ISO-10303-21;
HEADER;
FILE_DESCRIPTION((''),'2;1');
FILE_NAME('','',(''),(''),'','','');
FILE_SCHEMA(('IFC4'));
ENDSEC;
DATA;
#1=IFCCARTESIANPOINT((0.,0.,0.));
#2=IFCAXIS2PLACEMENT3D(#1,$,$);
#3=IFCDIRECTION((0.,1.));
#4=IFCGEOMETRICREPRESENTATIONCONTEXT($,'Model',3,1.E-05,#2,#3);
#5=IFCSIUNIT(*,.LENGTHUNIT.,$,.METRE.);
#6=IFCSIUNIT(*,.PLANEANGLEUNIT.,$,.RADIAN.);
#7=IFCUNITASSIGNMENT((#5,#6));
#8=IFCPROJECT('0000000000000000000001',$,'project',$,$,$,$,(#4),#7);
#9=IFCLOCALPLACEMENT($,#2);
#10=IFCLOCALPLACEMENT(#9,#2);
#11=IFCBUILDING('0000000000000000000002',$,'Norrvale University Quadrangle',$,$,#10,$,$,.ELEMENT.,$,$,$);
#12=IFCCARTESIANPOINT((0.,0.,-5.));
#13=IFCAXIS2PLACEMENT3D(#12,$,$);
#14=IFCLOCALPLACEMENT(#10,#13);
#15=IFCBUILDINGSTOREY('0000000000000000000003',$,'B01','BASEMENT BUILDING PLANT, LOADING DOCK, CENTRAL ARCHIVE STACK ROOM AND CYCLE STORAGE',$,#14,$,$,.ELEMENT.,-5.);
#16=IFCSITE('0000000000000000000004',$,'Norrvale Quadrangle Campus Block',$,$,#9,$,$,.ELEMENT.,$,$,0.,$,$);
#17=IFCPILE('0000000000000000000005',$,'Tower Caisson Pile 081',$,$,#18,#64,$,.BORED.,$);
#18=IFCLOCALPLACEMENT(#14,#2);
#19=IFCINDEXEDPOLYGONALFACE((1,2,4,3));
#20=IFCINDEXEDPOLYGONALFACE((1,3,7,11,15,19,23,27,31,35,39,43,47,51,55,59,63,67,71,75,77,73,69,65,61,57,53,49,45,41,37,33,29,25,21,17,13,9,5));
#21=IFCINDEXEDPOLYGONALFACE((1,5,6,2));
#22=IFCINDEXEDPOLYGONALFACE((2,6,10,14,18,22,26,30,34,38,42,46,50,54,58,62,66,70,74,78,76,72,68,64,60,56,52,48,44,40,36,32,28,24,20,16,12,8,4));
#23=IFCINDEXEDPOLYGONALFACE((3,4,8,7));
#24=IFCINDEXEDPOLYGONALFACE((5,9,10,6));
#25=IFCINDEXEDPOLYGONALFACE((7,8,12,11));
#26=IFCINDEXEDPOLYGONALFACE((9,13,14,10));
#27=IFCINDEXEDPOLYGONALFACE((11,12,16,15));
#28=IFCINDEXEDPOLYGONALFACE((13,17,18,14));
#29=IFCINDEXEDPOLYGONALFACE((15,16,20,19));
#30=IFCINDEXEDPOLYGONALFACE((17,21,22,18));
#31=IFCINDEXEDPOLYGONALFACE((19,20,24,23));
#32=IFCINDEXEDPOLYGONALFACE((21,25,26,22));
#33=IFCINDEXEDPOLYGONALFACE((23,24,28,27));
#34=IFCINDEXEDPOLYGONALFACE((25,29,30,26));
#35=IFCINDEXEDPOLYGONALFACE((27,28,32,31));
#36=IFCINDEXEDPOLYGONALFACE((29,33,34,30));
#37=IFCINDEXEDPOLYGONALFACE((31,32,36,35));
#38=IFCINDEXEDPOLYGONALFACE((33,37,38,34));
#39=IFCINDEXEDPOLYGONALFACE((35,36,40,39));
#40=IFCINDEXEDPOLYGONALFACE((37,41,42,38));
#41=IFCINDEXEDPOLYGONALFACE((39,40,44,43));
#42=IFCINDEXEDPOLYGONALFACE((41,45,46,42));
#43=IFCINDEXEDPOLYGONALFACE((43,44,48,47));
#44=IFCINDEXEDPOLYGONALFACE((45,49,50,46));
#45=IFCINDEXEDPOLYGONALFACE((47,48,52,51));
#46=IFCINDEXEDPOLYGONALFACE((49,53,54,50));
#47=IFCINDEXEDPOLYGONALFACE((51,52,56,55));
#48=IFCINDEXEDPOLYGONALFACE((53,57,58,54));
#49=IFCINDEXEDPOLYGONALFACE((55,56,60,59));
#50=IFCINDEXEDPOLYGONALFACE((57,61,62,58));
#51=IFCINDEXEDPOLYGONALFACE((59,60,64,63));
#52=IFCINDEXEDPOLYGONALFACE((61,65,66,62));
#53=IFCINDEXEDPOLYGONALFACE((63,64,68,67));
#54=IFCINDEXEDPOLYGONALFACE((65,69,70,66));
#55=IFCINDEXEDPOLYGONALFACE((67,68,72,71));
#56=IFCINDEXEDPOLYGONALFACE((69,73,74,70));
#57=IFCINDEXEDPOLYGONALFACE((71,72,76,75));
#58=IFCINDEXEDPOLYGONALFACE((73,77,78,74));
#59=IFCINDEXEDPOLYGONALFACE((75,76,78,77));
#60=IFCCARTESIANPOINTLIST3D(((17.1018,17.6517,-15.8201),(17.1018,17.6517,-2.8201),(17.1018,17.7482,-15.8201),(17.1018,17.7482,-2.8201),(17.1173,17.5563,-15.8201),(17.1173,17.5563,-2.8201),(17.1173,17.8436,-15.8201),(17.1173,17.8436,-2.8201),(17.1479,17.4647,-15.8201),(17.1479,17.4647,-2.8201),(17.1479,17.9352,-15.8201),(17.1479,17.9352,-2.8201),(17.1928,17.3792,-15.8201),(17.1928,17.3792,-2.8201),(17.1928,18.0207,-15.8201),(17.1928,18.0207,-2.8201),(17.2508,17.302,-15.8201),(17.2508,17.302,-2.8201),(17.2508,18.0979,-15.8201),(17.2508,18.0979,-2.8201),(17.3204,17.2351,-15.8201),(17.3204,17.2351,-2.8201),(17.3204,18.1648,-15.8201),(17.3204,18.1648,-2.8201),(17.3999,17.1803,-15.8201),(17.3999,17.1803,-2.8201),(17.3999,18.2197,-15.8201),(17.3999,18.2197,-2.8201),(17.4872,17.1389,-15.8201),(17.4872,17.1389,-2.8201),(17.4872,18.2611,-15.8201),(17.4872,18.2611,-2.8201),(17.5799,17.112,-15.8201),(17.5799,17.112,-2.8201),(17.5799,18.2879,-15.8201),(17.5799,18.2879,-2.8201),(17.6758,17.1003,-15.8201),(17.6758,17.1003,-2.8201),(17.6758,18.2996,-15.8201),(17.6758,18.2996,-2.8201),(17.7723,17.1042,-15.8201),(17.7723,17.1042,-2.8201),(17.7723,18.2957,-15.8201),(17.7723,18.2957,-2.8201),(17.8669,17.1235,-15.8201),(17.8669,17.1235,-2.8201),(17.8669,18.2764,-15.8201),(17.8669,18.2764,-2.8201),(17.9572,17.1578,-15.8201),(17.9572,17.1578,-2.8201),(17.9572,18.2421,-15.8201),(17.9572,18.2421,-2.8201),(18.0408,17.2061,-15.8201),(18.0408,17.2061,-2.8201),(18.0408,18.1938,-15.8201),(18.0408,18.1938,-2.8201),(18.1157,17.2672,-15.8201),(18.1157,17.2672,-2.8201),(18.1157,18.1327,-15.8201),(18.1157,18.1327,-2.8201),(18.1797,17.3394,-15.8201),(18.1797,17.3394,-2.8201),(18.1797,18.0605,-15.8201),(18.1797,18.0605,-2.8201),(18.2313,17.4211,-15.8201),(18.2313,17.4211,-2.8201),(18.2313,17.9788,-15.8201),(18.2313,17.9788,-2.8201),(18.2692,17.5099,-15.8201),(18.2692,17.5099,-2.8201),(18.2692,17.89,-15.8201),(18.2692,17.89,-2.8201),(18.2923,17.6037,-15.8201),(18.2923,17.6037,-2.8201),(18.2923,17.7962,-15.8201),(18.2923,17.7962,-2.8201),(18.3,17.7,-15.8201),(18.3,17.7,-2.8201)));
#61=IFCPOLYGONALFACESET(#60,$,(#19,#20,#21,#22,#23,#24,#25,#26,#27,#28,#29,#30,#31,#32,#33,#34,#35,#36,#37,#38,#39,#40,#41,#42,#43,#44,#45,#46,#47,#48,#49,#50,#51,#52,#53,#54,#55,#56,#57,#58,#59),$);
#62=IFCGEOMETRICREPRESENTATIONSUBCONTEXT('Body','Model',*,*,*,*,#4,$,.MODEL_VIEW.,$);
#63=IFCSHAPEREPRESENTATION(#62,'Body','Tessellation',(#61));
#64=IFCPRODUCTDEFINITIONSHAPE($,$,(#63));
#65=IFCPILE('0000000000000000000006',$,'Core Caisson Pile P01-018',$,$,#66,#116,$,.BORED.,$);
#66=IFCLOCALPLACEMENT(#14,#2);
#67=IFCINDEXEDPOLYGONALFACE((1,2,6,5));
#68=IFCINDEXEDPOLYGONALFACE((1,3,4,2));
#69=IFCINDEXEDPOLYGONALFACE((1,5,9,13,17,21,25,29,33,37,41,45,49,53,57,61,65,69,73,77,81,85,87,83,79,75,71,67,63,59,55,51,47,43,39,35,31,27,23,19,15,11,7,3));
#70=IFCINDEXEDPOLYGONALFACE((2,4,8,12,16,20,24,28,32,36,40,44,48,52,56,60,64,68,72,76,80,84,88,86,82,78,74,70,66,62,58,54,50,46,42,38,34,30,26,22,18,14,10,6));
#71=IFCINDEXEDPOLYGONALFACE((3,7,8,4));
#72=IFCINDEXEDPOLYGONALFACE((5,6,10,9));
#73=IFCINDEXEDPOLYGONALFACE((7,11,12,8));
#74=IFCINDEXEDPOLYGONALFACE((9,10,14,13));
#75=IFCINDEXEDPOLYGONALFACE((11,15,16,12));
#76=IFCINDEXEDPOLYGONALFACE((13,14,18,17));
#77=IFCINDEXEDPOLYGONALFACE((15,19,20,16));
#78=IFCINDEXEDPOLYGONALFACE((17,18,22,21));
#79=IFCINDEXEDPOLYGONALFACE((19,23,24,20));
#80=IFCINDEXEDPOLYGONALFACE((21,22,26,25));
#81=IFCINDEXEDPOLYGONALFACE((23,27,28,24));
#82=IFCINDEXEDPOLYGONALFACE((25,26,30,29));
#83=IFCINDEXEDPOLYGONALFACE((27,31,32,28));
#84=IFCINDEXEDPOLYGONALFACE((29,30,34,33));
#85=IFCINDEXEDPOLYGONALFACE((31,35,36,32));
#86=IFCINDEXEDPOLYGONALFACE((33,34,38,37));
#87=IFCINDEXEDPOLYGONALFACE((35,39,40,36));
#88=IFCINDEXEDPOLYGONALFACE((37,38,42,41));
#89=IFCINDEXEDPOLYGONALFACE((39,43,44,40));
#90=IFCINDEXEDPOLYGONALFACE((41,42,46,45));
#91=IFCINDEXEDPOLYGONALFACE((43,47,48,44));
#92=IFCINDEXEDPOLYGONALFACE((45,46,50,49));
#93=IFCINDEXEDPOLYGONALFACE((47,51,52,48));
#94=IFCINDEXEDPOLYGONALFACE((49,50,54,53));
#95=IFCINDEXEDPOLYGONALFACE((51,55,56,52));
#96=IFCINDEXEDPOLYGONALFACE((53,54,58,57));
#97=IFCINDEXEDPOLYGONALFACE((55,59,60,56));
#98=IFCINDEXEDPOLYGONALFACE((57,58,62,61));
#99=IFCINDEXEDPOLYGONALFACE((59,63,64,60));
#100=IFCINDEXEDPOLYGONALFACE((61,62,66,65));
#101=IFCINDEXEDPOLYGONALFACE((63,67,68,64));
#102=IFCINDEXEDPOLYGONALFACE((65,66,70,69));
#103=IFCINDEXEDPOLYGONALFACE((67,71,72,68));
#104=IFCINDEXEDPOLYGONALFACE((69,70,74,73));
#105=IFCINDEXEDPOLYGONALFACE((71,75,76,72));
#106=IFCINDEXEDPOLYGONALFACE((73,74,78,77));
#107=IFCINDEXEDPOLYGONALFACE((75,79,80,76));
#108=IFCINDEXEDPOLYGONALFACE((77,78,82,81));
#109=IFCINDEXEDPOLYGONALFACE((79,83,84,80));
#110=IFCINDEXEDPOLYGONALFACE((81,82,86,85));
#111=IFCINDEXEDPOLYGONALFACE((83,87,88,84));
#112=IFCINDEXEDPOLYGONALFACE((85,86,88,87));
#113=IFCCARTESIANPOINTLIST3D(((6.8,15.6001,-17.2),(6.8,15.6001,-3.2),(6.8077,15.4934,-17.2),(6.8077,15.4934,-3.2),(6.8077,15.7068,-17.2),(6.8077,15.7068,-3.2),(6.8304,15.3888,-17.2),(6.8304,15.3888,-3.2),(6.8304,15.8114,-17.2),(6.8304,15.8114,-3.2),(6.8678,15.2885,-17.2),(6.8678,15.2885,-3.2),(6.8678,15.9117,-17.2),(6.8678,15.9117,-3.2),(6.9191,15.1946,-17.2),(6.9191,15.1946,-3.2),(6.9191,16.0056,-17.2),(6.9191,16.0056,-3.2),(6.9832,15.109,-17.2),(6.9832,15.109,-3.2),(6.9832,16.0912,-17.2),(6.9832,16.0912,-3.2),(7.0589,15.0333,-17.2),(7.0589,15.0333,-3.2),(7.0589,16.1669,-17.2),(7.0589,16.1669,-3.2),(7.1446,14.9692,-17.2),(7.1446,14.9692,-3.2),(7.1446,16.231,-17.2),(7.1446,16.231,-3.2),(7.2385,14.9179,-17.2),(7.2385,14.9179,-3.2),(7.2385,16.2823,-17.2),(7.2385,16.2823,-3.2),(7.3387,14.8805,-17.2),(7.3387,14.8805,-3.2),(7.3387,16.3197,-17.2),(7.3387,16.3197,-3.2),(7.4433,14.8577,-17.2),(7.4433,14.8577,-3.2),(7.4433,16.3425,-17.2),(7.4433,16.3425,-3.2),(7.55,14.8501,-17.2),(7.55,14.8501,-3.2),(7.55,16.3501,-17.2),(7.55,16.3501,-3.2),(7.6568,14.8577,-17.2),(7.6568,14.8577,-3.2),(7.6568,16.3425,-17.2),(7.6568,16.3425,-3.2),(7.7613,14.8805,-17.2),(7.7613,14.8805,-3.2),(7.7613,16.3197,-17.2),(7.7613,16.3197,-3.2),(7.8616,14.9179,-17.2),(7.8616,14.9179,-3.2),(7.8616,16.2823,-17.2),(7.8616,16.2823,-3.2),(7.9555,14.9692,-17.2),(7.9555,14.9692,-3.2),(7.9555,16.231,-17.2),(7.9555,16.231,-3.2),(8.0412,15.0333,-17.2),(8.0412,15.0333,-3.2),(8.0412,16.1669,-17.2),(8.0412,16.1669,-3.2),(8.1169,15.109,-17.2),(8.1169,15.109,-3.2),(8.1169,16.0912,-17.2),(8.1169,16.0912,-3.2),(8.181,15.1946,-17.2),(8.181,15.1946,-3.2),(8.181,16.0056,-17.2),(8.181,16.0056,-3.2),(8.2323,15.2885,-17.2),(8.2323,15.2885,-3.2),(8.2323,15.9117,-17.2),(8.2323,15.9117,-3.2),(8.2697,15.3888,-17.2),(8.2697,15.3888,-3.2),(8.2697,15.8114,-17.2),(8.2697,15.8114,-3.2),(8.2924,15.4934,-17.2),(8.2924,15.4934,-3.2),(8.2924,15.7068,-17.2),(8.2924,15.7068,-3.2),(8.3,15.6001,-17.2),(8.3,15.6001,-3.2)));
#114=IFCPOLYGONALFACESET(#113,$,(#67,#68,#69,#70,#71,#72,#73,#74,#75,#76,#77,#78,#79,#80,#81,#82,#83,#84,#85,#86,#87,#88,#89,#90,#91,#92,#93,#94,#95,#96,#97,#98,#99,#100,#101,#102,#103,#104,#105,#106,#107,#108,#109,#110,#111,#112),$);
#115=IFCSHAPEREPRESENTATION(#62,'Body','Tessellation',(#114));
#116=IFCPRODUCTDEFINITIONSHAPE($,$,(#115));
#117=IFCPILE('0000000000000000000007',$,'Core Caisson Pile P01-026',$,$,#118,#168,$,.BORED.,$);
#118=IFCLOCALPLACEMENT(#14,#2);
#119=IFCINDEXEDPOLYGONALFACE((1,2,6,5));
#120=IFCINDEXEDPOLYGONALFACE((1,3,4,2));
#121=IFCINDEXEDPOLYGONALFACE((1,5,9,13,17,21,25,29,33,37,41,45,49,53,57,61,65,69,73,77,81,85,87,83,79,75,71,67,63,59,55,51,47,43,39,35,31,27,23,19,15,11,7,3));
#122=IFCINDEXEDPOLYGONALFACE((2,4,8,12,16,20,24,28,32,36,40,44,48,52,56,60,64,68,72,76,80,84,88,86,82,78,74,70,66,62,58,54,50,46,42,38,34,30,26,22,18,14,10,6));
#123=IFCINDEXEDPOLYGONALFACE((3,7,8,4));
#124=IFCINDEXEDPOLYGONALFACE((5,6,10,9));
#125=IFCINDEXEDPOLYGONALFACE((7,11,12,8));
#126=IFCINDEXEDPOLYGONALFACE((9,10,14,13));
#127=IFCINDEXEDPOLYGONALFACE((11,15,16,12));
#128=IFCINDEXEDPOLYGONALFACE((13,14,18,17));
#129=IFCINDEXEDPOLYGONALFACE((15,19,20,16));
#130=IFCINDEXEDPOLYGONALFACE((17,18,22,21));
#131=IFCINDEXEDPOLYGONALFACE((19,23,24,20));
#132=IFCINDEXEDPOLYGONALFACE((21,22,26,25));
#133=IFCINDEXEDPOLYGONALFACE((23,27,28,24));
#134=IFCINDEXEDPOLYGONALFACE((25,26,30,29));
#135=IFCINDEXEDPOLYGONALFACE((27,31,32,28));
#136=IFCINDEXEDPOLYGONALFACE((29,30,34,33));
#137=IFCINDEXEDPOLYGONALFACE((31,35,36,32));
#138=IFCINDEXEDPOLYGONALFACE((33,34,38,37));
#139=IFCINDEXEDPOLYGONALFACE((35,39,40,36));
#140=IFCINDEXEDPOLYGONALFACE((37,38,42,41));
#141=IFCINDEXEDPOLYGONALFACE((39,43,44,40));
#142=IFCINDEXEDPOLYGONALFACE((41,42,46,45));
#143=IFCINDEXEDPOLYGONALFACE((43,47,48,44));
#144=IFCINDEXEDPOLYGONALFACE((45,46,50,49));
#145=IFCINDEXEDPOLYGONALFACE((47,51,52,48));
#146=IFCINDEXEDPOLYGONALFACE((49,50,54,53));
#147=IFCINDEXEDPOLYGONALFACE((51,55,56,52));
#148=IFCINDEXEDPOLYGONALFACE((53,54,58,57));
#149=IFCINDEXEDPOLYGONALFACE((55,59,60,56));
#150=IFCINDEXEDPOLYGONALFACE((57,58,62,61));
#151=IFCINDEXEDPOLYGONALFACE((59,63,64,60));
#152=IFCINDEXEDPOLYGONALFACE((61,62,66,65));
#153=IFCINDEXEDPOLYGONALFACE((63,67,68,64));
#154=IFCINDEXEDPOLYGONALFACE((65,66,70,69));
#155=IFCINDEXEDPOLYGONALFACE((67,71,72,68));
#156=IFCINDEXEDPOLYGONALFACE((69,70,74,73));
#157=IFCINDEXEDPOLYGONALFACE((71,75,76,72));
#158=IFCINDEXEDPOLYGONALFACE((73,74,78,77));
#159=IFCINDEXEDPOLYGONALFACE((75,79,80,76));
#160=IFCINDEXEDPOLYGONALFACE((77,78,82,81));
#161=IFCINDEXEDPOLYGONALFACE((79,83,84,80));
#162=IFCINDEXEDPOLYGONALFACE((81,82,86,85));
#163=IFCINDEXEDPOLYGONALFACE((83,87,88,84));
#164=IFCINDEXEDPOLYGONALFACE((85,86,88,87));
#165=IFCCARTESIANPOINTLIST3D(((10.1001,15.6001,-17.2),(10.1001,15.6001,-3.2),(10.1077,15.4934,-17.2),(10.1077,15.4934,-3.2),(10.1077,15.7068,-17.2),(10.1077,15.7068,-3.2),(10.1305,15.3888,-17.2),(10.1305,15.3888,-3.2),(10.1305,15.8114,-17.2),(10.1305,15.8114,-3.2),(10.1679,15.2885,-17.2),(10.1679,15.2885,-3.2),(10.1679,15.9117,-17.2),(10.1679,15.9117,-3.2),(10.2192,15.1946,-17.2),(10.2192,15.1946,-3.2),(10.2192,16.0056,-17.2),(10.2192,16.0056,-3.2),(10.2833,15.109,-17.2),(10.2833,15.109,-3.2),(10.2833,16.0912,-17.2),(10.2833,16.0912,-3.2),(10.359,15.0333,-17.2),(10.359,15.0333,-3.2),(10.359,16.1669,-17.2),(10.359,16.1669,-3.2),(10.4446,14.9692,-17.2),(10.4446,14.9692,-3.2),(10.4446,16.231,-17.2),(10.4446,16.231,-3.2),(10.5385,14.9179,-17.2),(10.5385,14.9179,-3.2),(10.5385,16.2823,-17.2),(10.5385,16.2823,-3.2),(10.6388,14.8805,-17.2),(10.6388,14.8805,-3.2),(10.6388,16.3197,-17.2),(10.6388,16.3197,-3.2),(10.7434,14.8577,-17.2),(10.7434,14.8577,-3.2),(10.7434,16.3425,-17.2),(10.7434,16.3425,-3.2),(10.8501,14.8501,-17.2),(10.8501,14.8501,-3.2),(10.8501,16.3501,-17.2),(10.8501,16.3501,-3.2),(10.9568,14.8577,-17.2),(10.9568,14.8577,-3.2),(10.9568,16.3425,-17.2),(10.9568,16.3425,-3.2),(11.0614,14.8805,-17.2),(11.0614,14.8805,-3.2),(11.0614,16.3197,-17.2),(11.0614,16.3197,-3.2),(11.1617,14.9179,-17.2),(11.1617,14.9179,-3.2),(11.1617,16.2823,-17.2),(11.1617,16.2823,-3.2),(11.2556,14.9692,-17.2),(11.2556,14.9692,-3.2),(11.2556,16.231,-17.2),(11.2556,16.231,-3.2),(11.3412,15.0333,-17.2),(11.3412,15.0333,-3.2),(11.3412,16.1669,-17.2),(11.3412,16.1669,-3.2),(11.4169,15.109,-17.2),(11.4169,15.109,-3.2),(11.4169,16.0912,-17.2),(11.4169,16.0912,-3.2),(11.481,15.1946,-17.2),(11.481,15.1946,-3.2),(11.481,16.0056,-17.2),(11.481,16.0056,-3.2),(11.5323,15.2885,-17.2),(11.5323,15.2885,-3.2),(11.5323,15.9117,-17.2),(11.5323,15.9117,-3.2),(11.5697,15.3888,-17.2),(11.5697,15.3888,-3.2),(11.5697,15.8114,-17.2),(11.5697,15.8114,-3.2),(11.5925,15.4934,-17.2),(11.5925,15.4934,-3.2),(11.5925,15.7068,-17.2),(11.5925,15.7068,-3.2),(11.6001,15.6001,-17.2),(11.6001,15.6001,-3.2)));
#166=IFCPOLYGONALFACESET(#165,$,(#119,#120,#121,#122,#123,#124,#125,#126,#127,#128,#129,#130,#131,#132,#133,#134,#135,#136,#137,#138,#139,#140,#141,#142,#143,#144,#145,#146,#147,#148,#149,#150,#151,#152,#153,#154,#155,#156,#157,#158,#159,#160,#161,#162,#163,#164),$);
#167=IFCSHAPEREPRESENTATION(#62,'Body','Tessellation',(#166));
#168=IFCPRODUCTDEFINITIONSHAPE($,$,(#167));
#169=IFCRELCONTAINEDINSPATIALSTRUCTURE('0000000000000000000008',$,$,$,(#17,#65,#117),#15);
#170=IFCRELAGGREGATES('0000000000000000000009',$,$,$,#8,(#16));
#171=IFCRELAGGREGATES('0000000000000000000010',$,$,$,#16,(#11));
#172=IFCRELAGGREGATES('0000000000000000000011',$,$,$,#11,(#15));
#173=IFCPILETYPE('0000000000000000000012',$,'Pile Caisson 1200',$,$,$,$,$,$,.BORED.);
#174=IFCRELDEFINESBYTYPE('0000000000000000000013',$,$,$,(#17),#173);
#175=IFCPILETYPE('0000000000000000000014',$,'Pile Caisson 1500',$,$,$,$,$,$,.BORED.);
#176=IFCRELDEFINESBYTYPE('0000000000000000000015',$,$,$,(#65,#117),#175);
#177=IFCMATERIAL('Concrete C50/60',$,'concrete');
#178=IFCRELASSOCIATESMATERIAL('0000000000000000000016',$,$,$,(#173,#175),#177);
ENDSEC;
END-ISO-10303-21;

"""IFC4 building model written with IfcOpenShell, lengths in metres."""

from ifc_helpers import new_model, si_unit, direction, frame, origin, origin_2d, place, context, subcontext, project, spatial, circle, extrude, material, material_profile, profile_set, type_object, element, save


model = new_model("IFC4")

# Units and contexts
model_context = context("Model", 3, precision=1e-05, world=origin(), true_north=direction((0.0, 1.0)))
body_context = subcontext(model_context, "Body", "Model", "MODEL_VIEW")
ifc_project = project(units=[si_unit("LENGTHUNIT", "METRE"), si_unit("PLANEANGLEUNIT", "RADIAN")], contexts=[model_context])

# Site, building, storey
site_placement = place(None, origin())
site = spatial("IfcSite", under=ifc_project, at=site_placement, Name="Norrvale Quadrangle Campus Block", CompositionType="ELEMENT", RefElevation=0.0)
building_placement = place(site_placement, origin())
building = spatial("IfcBuilding", under=site, at=building_placement, Name="Norrvale University Quadrangle", CompositionType="ELEMENT")
storey_placement = place(building_placement, frame((0.0, 0.0, -5.0)))
storey = spatial("IfcBuildingStorey", under=building, at=storey_placement, Name="B01", Description="BASEMENT BUILDING PLANT, LOADING DOCK, CENTRAL ARCHIVE STACK ROOM AND CYCLE STORAGE", CompositionType="ELEMENT", Elevation=-5.0)

# Piles
ifc_material_1 = material(Name="Concrete C50/60", Category="concrete")
ifc_material_profile_1 = material_profile(ifc_material_1, circle(Radius=0.6001, at=origin_2d()), Name="Concrete C50/60")
ifc_profile_set_1 = profile_set([ifc_material_profile_1], Name="Concrete C50/60")
pile_type_1 = type_object("IfcPileType", Name="Pile Caisson 1200", PredefinedType="BORED", material=ifc_profile_set_1)
pile_placement = place(storey_placement, frame((17.7, 17.7, -2.8201), z_axis=(0.0, 0.0, -1.0), x_axis=(1.0, 0.0, 0.0)))
element("IfcPile", 1, at=pile_placement, inside=storey, type_object=pile_type_1, Name="Tower Caisson Pile 081", PredefinedType="BORED", context=body_context, shape_type="SweptSolid", body=[
    extrude(circle(Radius=0.6001, at=origin_2d()), origin(), (0.0, 0.0, 1.0), 13.0),
])
ifc_material_profile_2 = material_profile(ifc_material_1, circle(Radius=0.75, at=origin_2d()), Name="Concrete C50/60")
ifc_profile_set_2 = profile_set([ifc_material_profile_2], Name="Concrete C50/60")
pile_type_2 = type_object("IfcPileType", Name="Pile Caisson 1500", PredefinedType="BORED", material=ifc_profile_set_2)
for number, where, z_axis, x_axis, name in (
    (2, (7.55, 15.6001, -3.2), (0.0, 0.0, -1.0), (1.0, 0.0, 0.0), "Core Caisson Pile P01-018"),
    (3, (10.8501, 15.6001, -3.2), (0.0, 0.0, -1.0), (1.0, 0.0, 0.0), "Core Caisson Pile P01-026"),
):
    element("IfcPile", number, at=place(storey_placement, frame(where, z_axis=z_axis, x_axis=x_axis)), inside=storey, type_object=pile_type_2, Name=name, PredefinedType="BORED", context=body_context, shape_type="SweptSolid", body=[
        extrude(circle(Radius=0.75, at=origin_2d()), origin(), (0.0, 0.0, 1.0), 14.0),
    ])

save(model, "model.ifc")
